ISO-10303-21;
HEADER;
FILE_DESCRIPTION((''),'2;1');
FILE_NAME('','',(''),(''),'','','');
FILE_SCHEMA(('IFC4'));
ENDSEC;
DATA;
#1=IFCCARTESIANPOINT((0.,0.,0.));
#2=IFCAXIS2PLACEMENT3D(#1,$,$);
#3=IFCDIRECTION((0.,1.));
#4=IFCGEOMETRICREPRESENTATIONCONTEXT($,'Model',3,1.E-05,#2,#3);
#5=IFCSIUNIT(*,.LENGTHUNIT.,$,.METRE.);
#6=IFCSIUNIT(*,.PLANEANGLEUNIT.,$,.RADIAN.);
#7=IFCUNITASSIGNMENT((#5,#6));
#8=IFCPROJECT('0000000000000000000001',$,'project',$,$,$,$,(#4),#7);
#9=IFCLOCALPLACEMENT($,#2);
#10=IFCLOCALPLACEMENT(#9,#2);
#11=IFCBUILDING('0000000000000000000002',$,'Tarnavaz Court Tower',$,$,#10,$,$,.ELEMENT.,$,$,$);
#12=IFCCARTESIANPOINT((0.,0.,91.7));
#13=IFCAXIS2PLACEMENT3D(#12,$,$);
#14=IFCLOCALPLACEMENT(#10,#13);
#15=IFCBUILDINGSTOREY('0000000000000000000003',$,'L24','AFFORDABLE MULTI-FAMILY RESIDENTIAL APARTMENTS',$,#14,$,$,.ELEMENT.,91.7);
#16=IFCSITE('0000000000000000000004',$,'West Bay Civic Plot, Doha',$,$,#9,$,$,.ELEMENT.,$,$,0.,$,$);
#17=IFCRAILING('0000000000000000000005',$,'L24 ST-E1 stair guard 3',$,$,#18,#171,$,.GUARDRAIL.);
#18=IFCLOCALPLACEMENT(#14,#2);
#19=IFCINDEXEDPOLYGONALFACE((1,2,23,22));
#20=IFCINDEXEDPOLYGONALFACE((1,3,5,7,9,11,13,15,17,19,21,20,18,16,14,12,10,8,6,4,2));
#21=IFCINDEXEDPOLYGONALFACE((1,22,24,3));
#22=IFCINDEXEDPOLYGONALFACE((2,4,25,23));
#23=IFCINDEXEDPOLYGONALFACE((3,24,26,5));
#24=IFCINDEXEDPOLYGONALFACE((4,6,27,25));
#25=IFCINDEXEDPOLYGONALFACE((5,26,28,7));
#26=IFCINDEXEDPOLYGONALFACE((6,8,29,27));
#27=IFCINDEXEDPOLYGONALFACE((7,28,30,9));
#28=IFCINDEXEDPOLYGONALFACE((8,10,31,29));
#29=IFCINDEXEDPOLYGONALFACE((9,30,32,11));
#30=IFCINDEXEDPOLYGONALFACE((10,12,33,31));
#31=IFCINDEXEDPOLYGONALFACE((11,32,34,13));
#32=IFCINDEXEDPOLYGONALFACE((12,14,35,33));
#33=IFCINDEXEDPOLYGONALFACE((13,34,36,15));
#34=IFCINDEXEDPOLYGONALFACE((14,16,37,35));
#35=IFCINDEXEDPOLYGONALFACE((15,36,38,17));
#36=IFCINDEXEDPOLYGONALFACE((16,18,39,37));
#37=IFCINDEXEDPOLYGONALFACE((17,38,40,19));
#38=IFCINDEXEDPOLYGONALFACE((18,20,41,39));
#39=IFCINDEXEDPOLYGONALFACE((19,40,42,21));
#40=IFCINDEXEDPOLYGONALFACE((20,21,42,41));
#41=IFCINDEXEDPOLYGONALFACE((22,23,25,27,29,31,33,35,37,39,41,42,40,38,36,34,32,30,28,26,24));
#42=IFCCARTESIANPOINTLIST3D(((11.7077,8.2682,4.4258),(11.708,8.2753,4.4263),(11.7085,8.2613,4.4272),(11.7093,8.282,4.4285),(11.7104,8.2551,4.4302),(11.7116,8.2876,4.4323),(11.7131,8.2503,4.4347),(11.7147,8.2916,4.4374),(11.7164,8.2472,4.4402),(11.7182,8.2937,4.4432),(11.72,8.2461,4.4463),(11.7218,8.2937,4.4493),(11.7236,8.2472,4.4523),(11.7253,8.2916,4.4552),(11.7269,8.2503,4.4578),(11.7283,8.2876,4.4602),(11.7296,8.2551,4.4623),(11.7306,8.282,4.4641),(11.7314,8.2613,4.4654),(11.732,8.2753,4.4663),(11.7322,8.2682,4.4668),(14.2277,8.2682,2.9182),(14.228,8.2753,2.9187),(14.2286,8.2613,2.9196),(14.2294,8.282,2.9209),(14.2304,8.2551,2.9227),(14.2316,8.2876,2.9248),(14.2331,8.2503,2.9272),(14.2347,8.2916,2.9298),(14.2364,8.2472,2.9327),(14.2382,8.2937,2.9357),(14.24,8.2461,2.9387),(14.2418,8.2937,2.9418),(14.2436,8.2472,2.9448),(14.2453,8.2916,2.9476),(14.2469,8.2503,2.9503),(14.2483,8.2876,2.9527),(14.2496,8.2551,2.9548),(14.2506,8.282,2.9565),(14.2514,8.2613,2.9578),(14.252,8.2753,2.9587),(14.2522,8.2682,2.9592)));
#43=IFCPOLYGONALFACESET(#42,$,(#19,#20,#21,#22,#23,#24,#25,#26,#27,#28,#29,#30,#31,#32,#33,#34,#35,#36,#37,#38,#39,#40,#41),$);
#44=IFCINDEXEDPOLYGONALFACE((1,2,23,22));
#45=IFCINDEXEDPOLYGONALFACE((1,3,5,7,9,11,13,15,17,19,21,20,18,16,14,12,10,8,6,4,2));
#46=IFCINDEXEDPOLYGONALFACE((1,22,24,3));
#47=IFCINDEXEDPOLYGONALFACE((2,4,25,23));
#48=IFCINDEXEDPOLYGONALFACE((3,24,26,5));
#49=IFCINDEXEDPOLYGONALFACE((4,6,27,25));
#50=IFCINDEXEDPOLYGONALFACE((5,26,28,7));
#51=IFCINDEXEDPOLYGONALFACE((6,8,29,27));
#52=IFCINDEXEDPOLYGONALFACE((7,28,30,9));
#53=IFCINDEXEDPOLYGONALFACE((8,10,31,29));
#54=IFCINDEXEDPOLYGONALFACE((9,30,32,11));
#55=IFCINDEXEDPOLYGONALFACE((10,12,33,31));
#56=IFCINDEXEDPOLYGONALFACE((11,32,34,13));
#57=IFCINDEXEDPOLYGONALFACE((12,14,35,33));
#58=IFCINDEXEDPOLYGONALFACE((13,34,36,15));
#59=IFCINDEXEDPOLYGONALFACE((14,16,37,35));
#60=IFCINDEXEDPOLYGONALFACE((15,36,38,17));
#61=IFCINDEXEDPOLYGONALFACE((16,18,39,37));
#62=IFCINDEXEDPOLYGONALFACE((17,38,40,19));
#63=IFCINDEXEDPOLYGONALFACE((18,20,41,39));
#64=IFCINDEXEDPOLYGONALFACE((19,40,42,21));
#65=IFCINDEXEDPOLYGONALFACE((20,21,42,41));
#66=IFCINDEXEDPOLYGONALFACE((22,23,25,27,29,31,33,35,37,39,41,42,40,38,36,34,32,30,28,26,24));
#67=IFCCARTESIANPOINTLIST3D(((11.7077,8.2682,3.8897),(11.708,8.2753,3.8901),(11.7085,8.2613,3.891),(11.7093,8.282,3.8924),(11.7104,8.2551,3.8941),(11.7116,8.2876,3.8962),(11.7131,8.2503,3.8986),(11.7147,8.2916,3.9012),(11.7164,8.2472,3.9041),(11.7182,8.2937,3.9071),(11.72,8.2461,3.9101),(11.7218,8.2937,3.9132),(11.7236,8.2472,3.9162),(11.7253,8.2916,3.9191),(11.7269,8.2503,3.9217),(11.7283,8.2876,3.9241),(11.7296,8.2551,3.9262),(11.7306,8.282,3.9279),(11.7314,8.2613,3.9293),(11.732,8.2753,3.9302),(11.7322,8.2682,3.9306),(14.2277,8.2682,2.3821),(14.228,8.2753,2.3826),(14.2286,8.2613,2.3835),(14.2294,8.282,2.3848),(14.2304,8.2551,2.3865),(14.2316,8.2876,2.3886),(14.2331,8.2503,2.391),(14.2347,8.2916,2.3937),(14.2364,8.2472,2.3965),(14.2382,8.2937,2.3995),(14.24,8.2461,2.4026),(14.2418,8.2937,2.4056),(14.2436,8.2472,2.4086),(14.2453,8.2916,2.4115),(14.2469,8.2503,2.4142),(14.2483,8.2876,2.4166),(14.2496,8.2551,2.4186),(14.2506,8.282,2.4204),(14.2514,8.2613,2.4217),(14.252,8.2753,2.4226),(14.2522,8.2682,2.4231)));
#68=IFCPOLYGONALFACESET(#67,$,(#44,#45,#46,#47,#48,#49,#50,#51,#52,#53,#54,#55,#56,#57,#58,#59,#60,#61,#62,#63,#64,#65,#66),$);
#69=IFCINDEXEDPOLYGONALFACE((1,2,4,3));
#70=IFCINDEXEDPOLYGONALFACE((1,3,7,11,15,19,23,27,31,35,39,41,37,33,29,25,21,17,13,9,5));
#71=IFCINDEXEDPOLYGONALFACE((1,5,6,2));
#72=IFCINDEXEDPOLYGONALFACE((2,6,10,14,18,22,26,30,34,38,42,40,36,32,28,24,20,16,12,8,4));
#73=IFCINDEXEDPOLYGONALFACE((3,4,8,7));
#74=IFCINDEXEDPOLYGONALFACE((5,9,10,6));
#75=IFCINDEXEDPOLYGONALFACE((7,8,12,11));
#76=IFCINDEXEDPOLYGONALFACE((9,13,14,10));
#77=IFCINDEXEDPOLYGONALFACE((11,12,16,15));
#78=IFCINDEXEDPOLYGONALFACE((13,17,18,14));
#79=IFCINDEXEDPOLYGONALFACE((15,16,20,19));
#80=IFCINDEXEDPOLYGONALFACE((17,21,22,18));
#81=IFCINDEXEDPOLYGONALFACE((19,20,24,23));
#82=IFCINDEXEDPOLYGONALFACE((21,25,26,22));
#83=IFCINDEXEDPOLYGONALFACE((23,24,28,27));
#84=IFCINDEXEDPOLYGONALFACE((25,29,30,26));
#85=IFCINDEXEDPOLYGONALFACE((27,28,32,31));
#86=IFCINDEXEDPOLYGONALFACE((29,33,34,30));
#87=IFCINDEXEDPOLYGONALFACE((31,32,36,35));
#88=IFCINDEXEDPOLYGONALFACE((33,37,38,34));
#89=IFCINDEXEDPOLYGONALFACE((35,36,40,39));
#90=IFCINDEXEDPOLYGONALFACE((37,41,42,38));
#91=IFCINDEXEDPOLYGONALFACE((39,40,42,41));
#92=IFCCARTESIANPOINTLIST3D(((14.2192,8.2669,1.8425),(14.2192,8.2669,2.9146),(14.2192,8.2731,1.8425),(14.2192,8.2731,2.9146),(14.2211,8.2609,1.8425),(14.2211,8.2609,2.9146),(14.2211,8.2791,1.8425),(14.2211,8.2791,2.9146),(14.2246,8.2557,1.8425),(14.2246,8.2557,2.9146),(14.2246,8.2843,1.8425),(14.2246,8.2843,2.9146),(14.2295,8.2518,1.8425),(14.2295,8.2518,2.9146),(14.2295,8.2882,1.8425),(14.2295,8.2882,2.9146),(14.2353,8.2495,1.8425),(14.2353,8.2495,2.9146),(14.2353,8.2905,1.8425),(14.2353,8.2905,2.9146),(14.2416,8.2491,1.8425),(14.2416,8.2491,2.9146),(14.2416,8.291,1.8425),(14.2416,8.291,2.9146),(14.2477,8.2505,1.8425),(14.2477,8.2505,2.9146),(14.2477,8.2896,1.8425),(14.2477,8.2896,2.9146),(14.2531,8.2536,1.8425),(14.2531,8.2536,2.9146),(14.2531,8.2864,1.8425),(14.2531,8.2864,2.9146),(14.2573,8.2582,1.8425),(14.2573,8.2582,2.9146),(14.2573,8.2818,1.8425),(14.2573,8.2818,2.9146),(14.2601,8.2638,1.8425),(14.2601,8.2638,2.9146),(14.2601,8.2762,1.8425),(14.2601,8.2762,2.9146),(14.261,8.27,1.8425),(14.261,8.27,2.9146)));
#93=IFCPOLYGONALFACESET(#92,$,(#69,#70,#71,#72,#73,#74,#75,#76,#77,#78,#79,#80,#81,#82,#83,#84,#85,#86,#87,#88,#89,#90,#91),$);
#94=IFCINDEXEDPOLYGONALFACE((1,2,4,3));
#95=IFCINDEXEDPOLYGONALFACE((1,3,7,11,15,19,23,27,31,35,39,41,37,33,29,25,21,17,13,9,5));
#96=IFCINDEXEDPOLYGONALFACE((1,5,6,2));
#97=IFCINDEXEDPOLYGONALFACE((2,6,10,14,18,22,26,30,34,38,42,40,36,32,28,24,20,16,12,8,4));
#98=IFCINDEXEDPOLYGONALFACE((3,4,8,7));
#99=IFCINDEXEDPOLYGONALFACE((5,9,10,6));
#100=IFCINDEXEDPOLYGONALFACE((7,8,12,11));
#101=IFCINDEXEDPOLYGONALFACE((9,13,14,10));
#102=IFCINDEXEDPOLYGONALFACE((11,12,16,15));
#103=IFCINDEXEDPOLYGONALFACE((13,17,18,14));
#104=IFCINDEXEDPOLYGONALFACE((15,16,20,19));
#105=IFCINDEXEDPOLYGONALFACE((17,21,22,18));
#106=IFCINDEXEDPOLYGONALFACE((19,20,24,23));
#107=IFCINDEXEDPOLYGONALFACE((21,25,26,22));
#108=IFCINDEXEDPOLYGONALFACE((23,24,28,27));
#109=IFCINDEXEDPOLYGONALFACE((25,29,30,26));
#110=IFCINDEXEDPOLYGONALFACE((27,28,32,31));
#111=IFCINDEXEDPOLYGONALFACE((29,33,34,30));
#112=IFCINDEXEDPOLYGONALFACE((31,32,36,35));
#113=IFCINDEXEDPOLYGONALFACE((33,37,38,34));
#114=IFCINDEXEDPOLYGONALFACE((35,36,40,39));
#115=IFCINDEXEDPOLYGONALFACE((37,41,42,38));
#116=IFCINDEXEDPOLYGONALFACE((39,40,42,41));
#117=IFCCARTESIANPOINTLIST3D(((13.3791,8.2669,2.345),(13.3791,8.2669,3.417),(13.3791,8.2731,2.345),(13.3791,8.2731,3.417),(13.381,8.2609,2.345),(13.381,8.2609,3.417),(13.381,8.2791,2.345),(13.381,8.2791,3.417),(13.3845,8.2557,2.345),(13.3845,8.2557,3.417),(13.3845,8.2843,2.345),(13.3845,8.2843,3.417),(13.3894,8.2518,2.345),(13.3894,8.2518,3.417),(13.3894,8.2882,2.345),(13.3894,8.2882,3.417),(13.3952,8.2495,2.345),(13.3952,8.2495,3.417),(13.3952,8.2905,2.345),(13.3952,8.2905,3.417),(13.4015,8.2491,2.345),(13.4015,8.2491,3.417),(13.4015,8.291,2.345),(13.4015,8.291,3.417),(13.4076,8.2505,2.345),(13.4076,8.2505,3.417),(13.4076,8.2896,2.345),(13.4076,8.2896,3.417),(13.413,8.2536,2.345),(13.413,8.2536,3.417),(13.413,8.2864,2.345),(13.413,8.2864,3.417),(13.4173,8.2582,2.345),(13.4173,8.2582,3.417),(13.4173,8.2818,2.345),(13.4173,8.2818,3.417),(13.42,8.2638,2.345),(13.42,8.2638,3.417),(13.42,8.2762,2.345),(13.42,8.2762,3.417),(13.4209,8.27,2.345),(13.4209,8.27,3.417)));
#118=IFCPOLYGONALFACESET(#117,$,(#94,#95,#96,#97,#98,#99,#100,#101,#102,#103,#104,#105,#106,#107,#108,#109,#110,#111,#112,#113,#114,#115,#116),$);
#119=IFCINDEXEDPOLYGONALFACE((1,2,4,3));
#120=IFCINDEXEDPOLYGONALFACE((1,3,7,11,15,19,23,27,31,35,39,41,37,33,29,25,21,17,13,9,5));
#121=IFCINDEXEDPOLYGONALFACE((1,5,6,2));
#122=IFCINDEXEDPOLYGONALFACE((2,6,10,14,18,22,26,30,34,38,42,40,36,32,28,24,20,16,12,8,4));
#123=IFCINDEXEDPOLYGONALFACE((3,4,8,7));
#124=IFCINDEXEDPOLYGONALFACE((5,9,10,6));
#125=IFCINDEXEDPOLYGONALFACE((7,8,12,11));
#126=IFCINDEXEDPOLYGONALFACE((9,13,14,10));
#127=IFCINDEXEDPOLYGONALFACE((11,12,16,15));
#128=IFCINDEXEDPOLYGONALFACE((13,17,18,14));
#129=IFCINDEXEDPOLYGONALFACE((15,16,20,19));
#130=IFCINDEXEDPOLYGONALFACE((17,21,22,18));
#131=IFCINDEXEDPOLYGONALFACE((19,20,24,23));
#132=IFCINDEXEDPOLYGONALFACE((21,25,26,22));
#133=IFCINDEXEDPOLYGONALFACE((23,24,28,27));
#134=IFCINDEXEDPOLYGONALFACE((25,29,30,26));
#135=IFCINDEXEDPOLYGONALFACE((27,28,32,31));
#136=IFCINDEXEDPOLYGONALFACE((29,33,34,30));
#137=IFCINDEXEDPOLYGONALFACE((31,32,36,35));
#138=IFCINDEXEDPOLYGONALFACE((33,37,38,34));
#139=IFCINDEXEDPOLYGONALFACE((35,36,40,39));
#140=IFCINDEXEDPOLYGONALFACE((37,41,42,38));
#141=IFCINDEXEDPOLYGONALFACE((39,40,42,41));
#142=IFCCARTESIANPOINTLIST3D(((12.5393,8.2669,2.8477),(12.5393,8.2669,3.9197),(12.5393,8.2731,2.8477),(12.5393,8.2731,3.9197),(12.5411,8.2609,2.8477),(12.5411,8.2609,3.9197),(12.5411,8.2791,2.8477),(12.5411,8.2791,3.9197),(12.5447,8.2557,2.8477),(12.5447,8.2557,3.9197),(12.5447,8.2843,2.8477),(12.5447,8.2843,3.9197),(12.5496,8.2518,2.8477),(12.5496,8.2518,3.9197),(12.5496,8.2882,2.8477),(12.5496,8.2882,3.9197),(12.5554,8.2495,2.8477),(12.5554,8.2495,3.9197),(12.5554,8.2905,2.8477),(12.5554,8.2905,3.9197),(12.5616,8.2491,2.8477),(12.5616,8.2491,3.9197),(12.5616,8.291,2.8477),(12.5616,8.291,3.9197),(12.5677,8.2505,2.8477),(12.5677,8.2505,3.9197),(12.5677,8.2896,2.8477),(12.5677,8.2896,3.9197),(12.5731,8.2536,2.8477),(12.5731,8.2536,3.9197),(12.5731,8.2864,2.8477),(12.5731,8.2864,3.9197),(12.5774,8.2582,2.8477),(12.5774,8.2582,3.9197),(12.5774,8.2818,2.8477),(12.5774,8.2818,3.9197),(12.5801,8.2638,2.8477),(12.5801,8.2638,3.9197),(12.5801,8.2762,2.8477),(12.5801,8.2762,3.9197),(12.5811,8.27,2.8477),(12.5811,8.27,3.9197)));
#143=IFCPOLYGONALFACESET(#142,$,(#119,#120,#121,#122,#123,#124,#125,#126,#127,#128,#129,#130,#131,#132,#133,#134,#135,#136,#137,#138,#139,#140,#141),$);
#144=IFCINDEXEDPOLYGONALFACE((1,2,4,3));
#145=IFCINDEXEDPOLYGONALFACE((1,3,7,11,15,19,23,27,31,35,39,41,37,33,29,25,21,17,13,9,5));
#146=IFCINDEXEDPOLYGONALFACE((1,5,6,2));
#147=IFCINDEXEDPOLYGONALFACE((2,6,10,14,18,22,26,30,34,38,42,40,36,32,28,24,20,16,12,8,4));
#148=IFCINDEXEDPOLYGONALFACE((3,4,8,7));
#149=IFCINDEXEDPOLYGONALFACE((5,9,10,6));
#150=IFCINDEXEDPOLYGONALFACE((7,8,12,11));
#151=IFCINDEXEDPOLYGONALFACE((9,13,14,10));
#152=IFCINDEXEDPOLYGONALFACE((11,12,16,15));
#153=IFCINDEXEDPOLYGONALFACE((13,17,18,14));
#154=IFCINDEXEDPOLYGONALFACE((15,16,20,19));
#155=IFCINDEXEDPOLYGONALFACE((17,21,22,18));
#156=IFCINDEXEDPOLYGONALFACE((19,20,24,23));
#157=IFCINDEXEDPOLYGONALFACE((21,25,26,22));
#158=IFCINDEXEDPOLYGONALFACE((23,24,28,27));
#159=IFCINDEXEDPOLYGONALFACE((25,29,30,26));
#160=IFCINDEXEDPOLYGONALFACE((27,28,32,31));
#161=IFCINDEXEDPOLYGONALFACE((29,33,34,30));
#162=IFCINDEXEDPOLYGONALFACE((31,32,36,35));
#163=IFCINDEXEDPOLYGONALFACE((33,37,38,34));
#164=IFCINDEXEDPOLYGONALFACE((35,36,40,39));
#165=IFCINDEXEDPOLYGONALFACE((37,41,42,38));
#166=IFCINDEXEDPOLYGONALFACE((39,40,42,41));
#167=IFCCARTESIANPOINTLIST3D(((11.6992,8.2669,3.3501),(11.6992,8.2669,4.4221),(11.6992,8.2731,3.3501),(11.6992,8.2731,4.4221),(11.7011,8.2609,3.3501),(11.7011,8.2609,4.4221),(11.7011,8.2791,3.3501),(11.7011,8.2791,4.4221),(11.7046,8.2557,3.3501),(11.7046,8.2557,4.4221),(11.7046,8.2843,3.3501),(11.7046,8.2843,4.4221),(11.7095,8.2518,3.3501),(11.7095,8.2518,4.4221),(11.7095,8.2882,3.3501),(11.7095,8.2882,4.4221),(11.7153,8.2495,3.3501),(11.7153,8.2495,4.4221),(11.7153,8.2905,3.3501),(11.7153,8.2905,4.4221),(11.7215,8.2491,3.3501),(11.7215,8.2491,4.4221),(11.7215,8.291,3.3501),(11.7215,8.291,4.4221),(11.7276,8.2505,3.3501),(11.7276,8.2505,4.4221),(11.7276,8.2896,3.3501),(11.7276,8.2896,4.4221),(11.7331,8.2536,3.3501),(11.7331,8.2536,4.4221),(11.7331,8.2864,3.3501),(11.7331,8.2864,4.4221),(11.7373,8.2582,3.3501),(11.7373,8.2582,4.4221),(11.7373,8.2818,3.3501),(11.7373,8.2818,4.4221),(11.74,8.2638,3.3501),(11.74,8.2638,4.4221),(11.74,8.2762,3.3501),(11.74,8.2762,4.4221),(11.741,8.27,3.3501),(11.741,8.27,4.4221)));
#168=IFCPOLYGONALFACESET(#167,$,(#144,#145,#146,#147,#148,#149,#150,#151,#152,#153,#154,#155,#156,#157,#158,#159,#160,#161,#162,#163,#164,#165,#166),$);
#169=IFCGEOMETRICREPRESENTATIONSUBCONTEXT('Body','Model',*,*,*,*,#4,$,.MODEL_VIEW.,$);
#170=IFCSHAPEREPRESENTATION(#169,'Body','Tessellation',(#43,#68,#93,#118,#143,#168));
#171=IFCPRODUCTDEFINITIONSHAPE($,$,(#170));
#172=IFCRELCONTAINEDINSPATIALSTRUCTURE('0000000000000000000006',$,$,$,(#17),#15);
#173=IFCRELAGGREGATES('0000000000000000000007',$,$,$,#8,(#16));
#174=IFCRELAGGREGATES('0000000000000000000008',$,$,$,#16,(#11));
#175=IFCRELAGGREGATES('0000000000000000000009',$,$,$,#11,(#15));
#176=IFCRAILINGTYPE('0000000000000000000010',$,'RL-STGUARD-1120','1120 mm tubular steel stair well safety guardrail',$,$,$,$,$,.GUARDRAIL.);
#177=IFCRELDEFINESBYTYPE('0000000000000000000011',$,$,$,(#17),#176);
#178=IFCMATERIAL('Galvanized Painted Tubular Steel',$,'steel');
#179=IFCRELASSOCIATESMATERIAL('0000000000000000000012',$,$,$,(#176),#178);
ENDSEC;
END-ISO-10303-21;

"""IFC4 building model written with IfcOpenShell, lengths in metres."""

from ifc_helpers import new_model, si_unit, direction, frame, origin, origin_2d, place, context, subcontext, project, spatial, circle, extrude, material, type_object, element, save


model = new_model("IFC4")

# Units and contexts
model_context = context("Model", 3, precision=1e-05, world=origin(), true_north=direction((0.0, 1.0)))
body_context = subcontext(model_context, "Body", "Model", "MODEL_VIEW")
ifc_project = project(units=[si_unit("LENGTHUNIT", "METRE"), si_unit("PLANEANGLEUNIT", "RADIAN")], contexts=[model_context])

# Site, building, storey
site_placement = place(None, origin())
site = spatial("IfcSite", under=ifc_project, at=site_placement, Name="West Bay Civic Plot, Doha", CompositionType="ELEMENT", RefElevation=0.0)
building_placement = place(site_placement, origin())
building = spatial("IfcBuilding", under=site, at=building_placement, Name="Tarnavaz Court Tower", CompositionType="ELEMENT")
storey_placement = place(building_placement, frame((0.0, 0.0, 91.7)))
storey = spatial("IfcBuildingStorey", under=building, at=storey_placement, Name="L24", Description="AFFORDABLE MULTI-FAMILY RESIDENTIAL APARTMENTS", CompositionType="ELEMENT", Elevation=91.7)

# Railing
ifc_material_1 = material(Name="Galvanized Painted Tubular Steel", Category="steel")
railing_type_1 = type_object("IfcRailingType", Name="RL-STGUARD-1120", Description="1120 mm tubular steel stair well safety guardrail", PredefinedType="GUARDRAIL", material=ifc_material_1)
railing_1_placement = place(storey_placement, frame((14.24, 8.27, 1.8425)))
element("IfcRailing", 1, at=railing_1_placement, inside=storey, type_object=railing_type_1, Name="L24 ST-E1 stair guard 3", PredefinedType="GUARDRAIL", context=body_context, shape_type="SweptSolid", body=[
    extrude(circle(Radius=0.0239, at=origin_2d()), frame((0.0, 0.0, 1.0962), z_axis=(-0.85816, 0.0, 0.513383), x_axis=(0.0, -1.0, 0.0)), (0.0, 0.0, 1.0), 2.9365),
    extrude(circle(Radius=0.0239, at=origin_2d()), frame((0.0, 0.0, 0.5601), z_axis=(-0.85816, 0.0, 0.513383), x_axis=(0.0, -1.0, 0.0)), (0.0, 0.0, 1.0), 2.9365),
    extrude(circle(Radius=0.021, at=origin_2d()), origin(), (0.0, 0.0, 1.0), 1.072),
    extrude(circle(Radius=0.021, at=origin_2d()), frame((-0.8401, 0.0, 0.5024)), (0.0, 0.0, 1.0), 1.072),
    extrude(circle(Radius=0.021, at=origin_2d()), frame((-1.6799, 0.0, 1.0051)), (0.0, 0.0, 1.0), 1.072),
    extrude(circle(Radius=0.021, at=origin_2d()), frame((-2.52, 0.0, 1.5076)), (0.0, 0.0, 1.0), 1.072),
])

save(model, "model.ifc")
